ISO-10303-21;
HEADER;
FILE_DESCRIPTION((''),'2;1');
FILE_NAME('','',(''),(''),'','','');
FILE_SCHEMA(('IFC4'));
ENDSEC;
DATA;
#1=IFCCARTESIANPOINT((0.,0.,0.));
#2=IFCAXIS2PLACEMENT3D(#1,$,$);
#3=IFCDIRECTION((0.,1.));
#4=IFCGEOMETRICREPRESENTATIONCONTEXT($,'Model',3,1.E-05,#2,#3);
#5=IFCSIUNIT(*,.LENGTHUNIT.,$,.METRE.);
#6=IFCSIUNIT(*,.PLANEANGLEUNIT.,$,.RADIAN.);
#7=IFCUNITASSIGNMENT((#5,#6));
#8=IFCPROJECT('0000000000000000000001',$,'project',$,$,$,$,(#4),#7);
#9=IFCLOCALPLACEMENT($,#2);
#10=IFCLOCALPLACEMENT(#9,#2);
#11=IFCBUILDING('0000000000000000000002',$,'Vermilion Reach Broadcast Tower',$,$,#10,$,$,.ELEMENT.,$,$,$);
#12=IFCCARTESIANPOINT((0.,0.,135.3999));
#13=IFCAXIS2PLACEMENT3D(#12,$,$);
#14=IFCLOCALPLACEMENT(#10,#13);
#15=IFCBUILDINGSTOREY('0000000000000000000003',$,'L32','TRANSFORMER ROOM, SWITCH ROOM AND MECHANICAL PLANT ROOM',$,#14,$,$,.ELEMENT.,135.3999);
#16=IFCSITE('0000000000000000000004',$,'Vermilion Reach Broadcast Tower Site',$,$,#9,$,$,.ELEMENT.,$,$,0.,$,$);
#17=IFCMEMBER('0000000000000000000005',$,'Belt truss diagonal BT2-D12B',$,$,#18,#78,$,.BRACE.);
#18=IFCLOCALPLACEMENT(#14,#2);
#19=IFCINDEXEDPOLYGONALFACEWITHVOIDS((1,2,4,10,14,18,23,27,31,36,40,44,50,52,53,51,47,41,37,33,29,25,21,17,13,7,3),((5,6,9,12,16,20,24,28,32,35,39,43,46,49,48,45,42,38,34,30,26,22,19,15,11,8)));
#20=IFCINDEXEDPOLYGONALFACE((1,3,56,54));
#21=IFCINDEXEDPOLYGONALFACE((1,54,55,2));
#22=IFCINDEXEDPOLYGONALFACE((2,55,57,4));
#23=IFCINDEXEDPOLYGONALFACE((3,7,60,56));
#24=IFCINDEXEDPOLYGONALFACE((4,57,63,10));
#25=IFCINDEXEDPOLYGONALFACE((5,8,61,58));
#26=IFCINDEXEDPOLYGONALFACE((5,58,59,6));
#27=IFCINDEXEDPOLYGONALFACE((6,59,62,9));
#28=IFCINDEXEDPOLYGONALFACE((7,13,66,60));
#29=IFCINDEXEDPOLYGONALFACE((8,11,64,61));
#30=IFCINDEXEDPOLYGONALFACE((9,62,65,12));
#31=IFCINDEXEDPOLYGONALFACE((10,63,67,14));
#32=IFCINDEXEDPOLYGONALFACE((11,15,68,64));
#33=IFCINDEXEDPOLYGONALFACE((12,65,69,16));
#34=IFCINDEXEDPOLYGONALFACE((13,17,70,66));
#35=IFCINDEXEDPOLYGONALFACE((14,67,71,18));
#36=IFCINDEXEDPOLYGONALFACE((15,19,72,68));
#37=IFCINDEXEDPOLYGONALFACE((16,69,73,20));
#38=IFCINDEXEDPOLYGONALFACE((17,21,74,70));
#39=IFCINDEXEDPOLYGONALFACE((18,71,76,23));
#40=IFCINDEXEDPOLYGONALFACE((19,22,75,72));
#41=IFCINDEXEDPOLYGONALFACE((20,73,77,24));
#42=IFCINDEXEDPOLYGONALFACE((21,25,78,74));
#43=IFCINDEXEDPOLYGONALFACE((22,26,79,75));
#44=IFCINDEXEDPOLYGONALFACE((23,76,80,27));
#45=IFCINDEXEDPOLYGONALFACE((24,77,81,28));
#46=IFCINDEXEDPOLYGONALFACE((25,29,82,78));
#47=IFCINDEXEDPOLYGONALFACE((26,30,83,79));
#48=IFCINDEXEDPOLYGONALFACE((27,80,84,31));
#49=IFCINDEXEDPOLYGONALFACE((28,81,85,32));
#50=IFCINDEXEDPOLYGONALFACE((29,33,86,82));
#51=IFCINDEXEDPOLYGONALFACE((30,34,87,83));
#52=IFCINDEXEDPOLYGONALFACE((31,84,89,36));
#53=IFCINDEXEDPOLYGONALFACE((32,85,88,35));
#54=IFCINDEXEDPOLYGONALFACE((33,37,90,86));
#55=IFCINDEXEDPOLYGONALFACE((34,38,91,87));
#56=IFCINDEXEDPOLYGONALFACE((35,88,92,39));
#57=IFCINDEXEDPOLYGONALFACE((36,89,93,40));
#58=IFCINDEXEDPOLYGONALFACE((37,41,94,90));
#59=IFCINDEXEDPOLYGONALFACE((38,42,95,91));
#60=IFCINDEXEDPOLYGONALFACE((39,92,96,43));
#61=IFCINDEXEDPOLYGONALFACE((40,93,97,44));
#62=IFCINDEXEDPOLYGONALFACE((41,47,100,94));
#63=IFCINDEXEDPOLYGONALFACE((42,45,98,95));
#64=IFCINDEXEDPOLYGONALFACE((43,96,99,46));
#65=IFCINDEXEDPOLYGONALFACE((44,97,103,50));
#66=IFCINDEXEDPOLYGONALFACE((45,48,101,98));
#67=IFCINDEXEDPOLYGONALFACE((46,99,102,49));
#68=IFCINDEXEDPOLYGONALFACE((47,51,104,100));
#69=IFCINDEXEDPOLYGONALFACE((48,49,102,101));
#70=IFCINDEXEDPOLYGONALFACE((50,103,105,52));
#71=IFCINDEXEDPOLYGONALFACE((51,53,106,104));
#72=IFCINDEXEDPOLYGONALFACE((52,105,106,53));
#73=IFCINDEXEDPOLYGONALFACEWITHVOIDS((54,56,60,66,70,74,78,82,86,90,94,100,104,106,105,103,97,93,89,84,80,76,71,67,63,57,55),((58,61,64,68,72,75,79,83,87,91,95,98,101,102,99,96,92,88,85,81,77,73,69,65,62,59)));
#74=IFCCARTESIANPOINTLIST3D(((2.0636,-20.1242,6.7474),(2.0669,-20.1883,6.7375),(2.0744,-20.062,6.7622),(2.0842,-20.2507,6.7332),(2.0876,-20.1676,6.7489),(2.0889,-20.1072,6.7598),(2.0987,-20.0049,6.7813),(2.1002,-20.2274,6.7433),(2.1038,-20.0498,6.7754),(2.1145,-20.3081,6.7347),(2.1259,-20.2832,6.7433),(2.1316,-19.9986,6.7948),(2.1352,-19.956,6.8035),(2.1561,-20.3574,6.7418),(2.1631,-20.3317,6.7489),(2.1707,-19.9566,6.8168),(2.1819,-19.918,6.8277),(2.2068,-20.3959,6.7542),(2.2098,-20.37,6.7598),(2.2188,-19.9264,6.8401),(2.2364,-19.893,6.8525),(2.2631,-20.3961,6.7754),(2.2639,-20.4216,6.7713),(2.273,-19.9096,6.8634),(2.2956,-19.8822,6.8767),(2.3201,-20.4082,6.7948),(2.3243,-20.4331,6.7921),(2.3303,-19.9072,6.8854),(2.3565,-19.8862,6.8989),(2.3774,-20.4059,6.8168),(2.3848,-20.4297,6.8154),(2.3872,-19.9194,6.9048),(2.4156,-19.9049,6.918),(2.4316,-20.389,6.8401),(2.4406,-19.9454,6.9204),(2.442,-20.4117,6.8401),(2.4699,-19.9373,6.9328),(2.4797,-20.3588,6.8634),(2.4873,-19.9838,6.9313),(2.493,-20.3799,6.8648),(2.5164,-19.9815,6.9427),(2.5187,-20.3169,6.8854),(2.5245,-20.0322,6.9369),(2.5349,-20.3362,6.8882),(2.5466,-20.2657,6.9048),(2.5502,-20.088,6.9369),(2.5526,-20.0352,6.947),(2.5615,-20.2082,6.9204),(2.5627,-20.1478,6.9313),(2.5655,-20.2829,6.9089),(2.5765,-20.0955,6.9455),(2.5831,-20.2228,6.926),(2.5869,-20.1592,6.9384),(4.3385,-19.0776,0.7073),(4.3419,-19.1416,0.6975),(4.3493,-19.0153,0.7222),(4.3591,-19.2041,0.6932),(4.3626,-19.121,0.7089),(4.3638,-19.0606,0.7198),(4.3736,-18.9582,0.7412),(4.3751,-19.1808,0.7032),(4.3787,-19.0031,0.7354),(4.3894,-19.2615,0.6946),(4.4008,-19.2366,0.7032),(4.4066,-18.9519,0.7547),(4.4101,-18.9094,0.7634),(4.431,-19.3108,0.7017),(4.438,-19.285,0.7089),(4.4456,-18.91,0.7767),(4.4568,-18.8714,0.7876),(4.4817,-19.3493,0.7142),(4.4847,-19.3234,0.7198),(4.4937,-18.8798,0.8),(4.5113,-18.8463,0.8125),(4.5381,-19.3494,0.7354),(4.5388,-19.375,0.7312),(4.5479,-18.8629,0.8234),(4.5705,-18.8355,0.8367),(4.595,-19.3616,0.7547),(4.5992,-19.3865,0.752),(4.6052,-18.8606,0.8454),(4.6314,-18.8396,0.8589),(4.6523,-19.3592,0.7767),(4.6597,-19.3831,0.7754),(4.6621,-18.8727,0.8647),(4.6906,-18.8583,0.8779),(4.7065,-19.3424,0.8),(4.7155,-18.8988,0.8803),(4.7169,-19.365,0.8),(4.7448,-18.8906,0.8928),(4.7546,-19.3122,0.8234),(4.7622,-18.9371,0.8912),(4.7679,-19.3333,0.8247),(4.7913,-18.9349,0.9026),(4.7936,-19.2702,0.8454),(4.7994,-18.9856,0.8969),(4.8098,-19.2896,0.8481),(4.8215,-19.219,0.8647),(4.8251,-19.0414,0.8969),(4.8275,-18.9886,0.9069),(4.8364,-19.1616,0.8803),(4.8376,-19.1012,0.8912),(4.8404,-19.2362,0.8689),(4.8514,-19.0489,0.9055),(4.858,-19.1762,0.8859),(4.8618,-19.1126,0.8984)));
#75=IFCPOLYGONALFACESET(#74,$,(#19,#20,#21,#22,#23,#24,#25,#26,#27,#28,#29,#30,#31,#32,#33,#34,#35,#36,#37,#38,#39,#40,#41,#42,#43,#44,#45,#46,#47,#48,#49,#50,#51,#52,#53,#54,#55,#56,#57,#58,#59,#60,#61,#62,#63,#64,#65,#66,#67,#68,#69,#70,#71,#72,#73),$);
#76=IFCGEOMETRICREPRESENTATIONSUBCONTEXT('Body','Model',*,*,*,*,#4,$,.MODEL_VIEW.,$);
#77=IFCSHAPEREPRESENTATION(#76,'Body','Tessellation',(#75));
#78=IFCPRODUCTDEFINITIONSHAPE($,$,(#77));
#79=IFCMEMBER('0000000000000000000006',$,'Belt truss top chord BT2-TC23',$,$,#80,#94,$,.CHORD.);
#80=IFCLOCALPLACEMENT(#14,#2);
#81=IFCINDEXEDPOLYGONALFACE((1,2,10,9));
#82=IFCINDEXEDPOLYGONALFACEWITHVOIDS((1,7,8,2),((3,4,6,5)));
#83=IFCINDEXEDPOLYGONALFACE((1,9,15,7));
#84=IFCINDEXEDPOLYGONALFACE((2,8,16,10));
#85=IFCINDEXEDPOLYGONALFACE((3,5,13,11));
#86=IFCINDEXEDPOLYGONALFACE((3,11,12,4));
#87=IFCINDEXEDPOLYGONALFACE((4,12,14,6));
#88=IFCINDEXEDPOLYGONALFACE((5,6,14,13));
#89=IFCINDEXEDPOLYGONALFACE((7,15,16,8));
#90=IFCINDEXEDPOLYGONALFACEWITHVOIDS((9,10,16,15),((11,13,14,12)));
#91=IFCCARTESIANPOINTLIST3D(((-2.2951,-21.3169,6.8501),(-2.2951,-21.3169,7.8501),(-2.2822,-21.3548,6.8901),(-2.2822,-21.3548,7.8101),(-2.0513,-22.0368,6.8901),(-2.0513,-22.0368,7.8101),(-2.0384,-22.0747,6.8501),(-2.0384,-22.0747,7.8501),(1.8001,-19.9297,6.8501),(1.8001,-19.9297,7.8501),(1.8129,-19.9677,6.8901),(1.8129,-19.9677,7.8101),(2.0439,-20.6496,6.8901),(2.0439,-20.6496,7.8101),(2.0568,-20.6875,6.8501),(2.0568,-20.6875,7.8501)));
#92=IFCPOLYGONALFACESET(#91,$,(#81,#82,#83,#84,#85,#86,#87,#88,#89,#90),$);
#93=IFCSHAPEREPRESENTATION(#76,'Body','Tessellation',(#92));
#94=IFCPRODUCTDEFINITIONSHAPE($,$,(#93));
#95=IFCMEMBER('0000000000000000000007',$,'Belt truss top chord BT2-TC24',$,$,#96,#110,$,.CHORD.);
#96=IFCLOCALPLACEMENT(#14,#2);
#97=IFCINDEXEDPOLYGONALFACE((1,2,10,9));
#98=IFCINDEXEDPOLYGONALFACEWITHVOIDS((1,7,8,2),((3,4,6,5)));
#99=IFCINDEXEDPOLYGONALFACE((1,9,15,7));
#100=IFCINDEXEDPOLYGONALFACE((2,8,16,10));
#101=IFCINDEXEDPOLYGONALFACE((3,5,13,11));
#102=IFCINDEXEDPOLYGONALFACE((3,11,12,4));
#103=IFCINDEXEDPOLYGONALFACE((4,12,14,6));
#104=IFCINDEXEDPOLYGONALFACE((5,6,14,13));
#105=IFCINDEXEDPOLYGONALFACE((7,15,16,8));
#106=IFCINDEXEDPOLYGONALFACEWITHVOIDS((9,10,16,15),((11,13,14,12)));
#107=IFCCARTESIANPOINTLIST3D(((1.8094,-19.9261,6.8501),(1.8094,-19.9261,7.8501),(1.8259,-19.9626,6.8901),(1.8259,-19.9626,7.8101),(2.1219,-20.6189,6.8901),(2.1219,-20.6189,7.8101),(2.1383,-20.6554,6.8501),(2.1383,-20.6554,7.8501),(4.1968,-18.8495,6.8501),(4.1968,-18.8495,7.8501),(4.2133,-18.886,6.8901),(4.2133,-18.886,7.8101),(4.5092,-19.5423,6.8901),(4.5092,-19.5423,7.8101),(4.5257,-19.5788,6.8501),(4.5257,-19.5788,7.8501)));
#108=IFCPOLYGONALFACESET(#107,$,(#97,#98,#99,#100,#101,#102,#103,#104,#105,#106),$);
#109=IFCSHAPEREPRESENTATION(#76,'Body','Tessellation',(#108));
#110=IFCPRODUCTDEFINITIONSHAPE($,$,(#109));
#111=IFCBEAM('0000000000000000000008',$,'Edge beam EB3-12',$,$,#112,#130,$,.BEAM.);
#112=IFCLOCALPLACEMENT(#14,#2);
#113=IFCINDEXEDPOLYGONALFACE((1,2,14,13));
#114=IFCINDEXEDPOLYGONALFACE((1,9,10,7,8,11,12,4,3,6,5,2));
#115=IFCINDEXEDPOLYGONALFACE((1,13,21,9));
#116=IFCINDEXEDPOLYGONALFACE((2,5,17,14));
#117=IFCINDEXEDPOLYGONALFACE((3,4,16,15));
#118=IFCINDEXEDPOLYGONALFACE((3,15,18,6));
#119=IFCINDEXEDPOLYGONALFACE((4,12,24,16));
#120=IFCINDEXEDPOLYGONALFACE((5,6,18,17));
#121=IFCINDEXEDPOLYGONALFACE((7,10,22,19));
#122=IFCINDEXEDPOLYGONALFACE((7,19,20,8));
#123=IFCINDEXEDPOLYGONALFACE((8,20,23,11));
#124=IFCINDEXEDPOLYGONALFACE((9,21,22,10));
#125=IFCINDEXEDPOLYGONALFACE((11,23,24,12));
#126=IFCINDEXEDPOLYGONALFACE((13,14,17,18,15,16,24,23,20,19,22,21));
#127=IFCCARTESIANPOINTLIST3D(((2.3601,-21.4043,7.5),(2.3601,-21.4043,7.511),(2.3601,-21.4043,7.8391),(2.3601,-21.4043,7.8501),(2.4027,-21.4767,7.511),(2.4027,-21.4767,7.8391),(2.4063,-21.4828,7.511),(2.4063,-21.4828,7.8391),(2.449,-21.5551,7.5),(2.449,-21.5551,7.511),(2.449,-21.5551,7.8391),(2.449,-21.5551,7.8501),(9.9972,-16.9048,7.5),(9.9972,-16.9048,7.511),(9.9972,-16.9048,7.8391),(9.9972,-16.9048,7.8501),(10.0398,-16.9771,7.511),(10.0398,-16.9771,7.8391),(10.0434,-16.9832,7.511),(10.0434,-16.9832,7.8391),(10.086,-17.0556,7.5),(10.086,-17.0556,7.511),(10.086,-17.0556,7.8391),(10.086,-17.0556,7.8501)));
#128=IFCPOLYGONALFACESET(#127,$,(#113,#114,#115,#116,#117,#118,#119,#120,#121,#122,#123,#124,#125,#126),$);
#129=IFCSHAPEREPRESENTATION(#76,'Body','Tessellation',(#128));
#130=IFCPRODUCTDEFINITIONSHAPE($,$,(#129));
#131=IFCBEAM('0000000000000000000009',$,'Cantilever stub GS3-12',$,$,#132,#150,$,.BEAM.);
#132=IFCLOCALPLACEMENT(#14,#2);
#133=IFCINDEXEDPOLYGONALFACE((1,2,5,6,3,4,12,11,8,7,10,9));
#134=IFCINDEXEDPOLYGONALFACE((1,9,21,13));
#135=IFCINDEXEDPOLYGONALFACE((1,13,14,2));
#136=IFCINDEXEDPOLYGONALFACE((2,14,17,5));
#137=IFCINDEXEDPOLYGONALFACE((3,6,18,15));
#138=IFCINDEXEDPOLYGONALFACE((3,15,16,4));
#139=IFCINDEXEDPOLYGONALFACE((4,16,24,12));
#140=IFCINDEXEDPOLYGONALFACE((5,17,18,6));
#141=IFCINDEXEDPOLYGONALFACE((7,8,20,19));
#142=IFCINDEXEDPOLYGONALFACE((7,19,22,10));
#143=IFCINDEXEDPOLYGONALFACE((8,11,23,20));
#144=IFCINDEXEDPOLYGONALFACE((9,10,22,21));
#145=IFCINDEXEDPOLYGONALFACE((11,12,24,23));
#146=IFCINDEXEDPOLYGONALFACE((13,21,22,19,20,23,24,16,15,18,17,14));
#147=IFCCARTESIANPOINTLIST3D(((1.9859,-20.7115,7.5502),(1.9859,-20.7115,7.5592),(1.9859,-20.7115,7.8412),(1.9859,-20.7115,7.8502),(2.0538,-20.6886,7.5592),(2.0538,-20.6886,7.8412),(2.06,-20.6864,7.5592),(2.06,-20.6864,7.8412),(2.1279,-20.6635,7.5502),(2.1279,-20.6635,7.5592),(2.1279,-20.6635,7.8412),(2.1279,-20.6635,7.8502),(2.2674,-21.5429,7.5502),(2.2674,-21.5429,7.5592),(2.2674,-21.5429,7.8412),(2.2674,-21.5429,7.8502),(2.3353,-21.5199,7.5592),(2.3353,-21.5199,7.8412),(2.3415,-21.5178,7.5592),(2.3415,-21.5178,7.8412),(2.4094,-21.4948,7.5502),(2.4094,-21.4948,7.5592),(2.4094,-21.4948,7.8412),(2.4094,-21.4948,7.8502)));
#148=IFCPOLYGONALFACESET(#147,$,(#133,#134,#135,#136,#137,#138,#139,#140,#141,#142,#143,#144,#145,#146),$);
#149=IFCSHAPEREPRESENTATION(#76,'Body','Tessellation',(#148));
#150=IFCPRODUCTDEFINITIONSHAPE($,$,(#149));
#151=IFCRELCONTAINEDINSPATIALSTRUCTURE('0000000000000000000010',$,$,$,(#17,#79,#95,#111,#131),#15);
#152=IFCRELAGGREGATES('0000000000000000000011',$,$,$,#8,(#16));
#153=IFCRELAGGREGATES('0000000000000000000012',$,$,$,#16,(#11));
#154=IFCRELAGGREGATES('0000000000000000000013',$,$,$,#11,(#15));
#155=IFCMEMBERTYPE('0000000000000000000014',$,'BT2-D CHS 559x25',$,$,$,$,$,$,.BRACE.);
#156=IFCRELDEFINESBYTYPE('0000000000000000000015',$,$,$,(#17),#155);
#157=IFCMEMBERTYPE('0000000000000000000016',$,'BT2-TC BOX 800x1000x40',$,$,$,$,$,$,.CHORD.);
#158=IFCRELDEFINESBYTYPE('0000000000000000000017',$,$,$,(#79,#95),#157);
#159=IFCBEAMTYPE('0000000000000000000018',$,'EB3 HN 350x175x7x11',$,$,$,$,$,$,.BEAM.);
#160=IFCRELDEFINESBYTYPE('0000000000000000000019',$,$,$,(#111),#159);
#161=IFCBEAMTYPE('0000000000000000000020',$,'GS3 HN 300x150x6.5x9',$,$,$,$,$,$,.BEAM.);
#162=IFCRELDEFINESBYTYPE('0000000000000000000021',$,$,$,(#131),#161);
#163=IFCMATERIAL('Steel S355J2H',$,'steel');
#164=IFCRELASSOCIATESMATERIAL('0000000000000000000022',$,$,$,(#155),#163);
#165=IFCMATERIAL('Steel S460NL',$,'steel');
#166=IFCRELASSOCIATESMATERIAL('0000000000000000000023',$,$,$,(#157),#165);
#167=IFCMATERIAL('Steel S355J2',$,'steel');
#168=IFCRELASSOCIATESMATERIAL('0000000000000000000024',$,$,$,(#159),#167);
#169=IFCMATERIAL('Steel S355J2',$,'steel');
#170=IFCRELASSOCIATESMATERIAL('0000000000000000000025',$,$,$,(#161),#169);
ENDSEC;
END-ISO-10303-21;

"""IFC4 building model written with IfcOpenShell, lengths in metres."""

from ifc_helpers import new_model, si_unit, direction, frame, origin, origin_2d, place, context, subcontext, project, spatial, hollow_rectangle, hollow_circle, i_section, extrude, material, material_profile, profile_set, type_object, element, save


model = new_model("IFC4")

# Units and contexts
model_context = context("Model", 3, precision=1e-05, world=origin(), true_north=direction((0.0, 1.0)))
body_context = subcontext(model_context, "Body", "Model", "MODEL_VIEW")
ifc_project = project(units=[si_unit("LENGTHUNIT", "METRE"), si_unit("PLANEANGLEUNIT", "RADIAN")], contexts=[model_context])

# Site, building, storey
site_placement = place(None, origin())
site = spatial("IfcSite", under=ifc_project, at=site_placement, Name="Vermilion Reach Broadcast Tower Site", CompositionType="ELEMENT", RefElevation=0.0)
building_placement = place(site_placement, origin())
building = spatial("IfcBuilding", under=site, at=building_placement, Name="Vermilion Reach Broadcast Tower", CompositionType="ELEMENT")
storey_placement = place(building_placement, frame((0.0, 0.0, 135.3999)))
storey = spatial("IfcBuildingStorey", under=building, at=storey_placement, Name="L32", Description="TRANSFORMER ROOM, SWITCH ROOM AND MECHANICAL PLANT ROOM", CompositionType="ELEMENT", Elevation=135.3999)

# Members
ifc_material_1 = material(Name="Steel S355J2H", Category="steel")
ifc_material_profile_1 = material_profile(ifc_material_1, hollow_circle(Radius=0.2795, WallThickness=0.0249, at=origin_2d()), Name="S355J2H CHS 559x25")
ifc_profile_set_1 = profile_set([ifc_material_profile_1], Name="Steel S355J2H")
member_type_1 = type_object("IfcMemberType", Name="BT2-D CHS 559x25", PredefinedType="BRACE", material=ifc_profile_set_1)
member_1_placement = place(storey_placement, frame((4.6001, -19.1111, 0.8), z_axis=(-0.347921, -0.160071, 0.923758), x_axis=(0.417964, -0.908464, 0.0)))
element("IfcMember", 1, at=member_1_placement, inside=storey, type_object=member_type_1, Name="Belt truss diagonal BT2-D12B", PredefinedType="BRACE", context=body_context, shape_type="SweptSolid", body=[
    extrude(hollow_circle(Radius=0.2795, WallThickness=0.0249, at=origin_2d()), origin(), (0.0, 0.0, 1.0), 6.5386),
])
ifc_material_2 = material(Name="Steel S460NL", Category="steel")
ifc_material_profile_2 = material_profile(ifc_material_2, hollow_rectangle(XDim=0.8, YDim=1.0, WallThickness=0.04, at=origin_2d()), Name="S460NL BOX 800x1000x40")
ifc_profile_set_2 = profile_set([ifc_material_profile_2], Name="Steel S460NL")
member_type_2 = type_object("IfcMemberType", Name="BT2-TC BOX 800x1000x40", PredefinedType="CHORD", material=ifc_profile_set_2)
member_2_placement = place(storey_placement, frame((-2.1667, -21.6958, 7.3501), z_axis=(0.947136, 0.320832, 0.0), x_axis=(-0.320832, 0.947136, 0.0)))
element("IfcMember", 2, at=member_2_placement, inside=storey, type_object=member_type_2, Name="Belt truss top chord BT2-TC23", PredefinedType="CHORD", context=body_context, shape_type="SweptSolid", body=[
    extrude(hollow_rectangle(XDim=0.8, YDim=1.0, WallThickness=0.04, at=origin_2d()), origin(), (0.0, 0.0, 1.0), 4.3237),
])
member_3_placement = place(storey_placement, frame((1.9739, -20.2908, 7.3501), z_axis=(0.911592, 0.411097, 0.0), x_axis=(-0.411097, 0.911592, 0.0)))
element("IfcMember", 3, at=member_3_placement, inside=storey, type_object=member_type_2, Name="Belt truss top chord BT2-TC24", PredefinedType="CHORD", context=body_context, shape_type="SweptSolid", body=[
    extrude(hollow_rectangle(XDim=0.8, YDim=1.0, WallThickness=0.04, at=origin_2d()), origin(), (0.0, 0.0, 1.0), 2.6189),
])

# Beams
ifc_material_3 = material(Name="Steel S355J2", Category="steel")
ifc_material_profile_3 = material_profile(ifc_material_3, i_section(OverallWidth=0.175, OverallDepth=0.3501, WebThickness=0.0071, FlangeThickness=0.011, at=origin_2d()), Name="S355J2 HN 350x175x7x11")
ifc_profile_set_3 = profile_set([ifc_material_profile_3], Name="Steel S355J2")
beam_type_1 = type_object("IfcBeamType", Name="EB3 HN 350x175x7x11", PredefinedType="BEAM", material=ifc_profile_set_3)
beam_1_placement = place(storey_placement, frame((2.4045, -21.4797, 7.675), z_axis=(0.86158, 0.507622, 0.0), x_axis=(-0.507622, 0.86158, 0.0)))
element("IfcBeam", 4, at=beam_1_placement, inside=storey, type_object=beam_type_1, Name="Edge beam EB3-12", PredefinedType="BEAM", context=body_context, shape_type="SweptSolid", body=[
    extrude(i_section(OverallWidth=0.175, OverallDepth=0.3501, WebThickness=0.0071, FlangeThickness=0.011, at=origin_2d()), origin(), (0.0, 0.0, 1.0), 8.864),
])
ifc_material_4 = material(Name="Steel S355J2", Category="steel")
ifc_material_profile_4 = material_profile(ifc_material_4, i_section(OverallWidth=0.1499, OverallDepth=0.3, WebThickness=0.0066, FlangeThickness=0.009, at=origin_2d()), Name="S355J2 HN 300x150x6.5x9")
ifc_profile_set_4 = profile_set([ifc_material_profile_4], Name="Steel S355J2")
beam_type_2 = type_object("IfcBeamType", Name="GS3 HN 300x150x6.5x9", PredefinedType="BEAM", material=ifc_profile_set_4)
beam_2_placement = place(storey_placement, frame((2.0569, -20.6875, 7.7002), z_axis=(0.320731, -0.94717, 0.0), x_axis=(0.94717, 0.320731, 0.0)))
element("IfcBeam", 5, at=beam_2_placement, inside=storey, type_object=beam_type_2, Name="Cantilever stub GS3-12", PredefinedType="BEAM", context=body_context, shape_type="SweptSolid", body=[
    extrude(i_section(OverallWidth=0.1499, OverallDepth=0.3, WebThickness=0.0066, FlangeThickness=0.009, at=origin_2d()), origin(), (0.0, 0.0, 1.0), 0.8777),
])

save(model, "model.ifc")
